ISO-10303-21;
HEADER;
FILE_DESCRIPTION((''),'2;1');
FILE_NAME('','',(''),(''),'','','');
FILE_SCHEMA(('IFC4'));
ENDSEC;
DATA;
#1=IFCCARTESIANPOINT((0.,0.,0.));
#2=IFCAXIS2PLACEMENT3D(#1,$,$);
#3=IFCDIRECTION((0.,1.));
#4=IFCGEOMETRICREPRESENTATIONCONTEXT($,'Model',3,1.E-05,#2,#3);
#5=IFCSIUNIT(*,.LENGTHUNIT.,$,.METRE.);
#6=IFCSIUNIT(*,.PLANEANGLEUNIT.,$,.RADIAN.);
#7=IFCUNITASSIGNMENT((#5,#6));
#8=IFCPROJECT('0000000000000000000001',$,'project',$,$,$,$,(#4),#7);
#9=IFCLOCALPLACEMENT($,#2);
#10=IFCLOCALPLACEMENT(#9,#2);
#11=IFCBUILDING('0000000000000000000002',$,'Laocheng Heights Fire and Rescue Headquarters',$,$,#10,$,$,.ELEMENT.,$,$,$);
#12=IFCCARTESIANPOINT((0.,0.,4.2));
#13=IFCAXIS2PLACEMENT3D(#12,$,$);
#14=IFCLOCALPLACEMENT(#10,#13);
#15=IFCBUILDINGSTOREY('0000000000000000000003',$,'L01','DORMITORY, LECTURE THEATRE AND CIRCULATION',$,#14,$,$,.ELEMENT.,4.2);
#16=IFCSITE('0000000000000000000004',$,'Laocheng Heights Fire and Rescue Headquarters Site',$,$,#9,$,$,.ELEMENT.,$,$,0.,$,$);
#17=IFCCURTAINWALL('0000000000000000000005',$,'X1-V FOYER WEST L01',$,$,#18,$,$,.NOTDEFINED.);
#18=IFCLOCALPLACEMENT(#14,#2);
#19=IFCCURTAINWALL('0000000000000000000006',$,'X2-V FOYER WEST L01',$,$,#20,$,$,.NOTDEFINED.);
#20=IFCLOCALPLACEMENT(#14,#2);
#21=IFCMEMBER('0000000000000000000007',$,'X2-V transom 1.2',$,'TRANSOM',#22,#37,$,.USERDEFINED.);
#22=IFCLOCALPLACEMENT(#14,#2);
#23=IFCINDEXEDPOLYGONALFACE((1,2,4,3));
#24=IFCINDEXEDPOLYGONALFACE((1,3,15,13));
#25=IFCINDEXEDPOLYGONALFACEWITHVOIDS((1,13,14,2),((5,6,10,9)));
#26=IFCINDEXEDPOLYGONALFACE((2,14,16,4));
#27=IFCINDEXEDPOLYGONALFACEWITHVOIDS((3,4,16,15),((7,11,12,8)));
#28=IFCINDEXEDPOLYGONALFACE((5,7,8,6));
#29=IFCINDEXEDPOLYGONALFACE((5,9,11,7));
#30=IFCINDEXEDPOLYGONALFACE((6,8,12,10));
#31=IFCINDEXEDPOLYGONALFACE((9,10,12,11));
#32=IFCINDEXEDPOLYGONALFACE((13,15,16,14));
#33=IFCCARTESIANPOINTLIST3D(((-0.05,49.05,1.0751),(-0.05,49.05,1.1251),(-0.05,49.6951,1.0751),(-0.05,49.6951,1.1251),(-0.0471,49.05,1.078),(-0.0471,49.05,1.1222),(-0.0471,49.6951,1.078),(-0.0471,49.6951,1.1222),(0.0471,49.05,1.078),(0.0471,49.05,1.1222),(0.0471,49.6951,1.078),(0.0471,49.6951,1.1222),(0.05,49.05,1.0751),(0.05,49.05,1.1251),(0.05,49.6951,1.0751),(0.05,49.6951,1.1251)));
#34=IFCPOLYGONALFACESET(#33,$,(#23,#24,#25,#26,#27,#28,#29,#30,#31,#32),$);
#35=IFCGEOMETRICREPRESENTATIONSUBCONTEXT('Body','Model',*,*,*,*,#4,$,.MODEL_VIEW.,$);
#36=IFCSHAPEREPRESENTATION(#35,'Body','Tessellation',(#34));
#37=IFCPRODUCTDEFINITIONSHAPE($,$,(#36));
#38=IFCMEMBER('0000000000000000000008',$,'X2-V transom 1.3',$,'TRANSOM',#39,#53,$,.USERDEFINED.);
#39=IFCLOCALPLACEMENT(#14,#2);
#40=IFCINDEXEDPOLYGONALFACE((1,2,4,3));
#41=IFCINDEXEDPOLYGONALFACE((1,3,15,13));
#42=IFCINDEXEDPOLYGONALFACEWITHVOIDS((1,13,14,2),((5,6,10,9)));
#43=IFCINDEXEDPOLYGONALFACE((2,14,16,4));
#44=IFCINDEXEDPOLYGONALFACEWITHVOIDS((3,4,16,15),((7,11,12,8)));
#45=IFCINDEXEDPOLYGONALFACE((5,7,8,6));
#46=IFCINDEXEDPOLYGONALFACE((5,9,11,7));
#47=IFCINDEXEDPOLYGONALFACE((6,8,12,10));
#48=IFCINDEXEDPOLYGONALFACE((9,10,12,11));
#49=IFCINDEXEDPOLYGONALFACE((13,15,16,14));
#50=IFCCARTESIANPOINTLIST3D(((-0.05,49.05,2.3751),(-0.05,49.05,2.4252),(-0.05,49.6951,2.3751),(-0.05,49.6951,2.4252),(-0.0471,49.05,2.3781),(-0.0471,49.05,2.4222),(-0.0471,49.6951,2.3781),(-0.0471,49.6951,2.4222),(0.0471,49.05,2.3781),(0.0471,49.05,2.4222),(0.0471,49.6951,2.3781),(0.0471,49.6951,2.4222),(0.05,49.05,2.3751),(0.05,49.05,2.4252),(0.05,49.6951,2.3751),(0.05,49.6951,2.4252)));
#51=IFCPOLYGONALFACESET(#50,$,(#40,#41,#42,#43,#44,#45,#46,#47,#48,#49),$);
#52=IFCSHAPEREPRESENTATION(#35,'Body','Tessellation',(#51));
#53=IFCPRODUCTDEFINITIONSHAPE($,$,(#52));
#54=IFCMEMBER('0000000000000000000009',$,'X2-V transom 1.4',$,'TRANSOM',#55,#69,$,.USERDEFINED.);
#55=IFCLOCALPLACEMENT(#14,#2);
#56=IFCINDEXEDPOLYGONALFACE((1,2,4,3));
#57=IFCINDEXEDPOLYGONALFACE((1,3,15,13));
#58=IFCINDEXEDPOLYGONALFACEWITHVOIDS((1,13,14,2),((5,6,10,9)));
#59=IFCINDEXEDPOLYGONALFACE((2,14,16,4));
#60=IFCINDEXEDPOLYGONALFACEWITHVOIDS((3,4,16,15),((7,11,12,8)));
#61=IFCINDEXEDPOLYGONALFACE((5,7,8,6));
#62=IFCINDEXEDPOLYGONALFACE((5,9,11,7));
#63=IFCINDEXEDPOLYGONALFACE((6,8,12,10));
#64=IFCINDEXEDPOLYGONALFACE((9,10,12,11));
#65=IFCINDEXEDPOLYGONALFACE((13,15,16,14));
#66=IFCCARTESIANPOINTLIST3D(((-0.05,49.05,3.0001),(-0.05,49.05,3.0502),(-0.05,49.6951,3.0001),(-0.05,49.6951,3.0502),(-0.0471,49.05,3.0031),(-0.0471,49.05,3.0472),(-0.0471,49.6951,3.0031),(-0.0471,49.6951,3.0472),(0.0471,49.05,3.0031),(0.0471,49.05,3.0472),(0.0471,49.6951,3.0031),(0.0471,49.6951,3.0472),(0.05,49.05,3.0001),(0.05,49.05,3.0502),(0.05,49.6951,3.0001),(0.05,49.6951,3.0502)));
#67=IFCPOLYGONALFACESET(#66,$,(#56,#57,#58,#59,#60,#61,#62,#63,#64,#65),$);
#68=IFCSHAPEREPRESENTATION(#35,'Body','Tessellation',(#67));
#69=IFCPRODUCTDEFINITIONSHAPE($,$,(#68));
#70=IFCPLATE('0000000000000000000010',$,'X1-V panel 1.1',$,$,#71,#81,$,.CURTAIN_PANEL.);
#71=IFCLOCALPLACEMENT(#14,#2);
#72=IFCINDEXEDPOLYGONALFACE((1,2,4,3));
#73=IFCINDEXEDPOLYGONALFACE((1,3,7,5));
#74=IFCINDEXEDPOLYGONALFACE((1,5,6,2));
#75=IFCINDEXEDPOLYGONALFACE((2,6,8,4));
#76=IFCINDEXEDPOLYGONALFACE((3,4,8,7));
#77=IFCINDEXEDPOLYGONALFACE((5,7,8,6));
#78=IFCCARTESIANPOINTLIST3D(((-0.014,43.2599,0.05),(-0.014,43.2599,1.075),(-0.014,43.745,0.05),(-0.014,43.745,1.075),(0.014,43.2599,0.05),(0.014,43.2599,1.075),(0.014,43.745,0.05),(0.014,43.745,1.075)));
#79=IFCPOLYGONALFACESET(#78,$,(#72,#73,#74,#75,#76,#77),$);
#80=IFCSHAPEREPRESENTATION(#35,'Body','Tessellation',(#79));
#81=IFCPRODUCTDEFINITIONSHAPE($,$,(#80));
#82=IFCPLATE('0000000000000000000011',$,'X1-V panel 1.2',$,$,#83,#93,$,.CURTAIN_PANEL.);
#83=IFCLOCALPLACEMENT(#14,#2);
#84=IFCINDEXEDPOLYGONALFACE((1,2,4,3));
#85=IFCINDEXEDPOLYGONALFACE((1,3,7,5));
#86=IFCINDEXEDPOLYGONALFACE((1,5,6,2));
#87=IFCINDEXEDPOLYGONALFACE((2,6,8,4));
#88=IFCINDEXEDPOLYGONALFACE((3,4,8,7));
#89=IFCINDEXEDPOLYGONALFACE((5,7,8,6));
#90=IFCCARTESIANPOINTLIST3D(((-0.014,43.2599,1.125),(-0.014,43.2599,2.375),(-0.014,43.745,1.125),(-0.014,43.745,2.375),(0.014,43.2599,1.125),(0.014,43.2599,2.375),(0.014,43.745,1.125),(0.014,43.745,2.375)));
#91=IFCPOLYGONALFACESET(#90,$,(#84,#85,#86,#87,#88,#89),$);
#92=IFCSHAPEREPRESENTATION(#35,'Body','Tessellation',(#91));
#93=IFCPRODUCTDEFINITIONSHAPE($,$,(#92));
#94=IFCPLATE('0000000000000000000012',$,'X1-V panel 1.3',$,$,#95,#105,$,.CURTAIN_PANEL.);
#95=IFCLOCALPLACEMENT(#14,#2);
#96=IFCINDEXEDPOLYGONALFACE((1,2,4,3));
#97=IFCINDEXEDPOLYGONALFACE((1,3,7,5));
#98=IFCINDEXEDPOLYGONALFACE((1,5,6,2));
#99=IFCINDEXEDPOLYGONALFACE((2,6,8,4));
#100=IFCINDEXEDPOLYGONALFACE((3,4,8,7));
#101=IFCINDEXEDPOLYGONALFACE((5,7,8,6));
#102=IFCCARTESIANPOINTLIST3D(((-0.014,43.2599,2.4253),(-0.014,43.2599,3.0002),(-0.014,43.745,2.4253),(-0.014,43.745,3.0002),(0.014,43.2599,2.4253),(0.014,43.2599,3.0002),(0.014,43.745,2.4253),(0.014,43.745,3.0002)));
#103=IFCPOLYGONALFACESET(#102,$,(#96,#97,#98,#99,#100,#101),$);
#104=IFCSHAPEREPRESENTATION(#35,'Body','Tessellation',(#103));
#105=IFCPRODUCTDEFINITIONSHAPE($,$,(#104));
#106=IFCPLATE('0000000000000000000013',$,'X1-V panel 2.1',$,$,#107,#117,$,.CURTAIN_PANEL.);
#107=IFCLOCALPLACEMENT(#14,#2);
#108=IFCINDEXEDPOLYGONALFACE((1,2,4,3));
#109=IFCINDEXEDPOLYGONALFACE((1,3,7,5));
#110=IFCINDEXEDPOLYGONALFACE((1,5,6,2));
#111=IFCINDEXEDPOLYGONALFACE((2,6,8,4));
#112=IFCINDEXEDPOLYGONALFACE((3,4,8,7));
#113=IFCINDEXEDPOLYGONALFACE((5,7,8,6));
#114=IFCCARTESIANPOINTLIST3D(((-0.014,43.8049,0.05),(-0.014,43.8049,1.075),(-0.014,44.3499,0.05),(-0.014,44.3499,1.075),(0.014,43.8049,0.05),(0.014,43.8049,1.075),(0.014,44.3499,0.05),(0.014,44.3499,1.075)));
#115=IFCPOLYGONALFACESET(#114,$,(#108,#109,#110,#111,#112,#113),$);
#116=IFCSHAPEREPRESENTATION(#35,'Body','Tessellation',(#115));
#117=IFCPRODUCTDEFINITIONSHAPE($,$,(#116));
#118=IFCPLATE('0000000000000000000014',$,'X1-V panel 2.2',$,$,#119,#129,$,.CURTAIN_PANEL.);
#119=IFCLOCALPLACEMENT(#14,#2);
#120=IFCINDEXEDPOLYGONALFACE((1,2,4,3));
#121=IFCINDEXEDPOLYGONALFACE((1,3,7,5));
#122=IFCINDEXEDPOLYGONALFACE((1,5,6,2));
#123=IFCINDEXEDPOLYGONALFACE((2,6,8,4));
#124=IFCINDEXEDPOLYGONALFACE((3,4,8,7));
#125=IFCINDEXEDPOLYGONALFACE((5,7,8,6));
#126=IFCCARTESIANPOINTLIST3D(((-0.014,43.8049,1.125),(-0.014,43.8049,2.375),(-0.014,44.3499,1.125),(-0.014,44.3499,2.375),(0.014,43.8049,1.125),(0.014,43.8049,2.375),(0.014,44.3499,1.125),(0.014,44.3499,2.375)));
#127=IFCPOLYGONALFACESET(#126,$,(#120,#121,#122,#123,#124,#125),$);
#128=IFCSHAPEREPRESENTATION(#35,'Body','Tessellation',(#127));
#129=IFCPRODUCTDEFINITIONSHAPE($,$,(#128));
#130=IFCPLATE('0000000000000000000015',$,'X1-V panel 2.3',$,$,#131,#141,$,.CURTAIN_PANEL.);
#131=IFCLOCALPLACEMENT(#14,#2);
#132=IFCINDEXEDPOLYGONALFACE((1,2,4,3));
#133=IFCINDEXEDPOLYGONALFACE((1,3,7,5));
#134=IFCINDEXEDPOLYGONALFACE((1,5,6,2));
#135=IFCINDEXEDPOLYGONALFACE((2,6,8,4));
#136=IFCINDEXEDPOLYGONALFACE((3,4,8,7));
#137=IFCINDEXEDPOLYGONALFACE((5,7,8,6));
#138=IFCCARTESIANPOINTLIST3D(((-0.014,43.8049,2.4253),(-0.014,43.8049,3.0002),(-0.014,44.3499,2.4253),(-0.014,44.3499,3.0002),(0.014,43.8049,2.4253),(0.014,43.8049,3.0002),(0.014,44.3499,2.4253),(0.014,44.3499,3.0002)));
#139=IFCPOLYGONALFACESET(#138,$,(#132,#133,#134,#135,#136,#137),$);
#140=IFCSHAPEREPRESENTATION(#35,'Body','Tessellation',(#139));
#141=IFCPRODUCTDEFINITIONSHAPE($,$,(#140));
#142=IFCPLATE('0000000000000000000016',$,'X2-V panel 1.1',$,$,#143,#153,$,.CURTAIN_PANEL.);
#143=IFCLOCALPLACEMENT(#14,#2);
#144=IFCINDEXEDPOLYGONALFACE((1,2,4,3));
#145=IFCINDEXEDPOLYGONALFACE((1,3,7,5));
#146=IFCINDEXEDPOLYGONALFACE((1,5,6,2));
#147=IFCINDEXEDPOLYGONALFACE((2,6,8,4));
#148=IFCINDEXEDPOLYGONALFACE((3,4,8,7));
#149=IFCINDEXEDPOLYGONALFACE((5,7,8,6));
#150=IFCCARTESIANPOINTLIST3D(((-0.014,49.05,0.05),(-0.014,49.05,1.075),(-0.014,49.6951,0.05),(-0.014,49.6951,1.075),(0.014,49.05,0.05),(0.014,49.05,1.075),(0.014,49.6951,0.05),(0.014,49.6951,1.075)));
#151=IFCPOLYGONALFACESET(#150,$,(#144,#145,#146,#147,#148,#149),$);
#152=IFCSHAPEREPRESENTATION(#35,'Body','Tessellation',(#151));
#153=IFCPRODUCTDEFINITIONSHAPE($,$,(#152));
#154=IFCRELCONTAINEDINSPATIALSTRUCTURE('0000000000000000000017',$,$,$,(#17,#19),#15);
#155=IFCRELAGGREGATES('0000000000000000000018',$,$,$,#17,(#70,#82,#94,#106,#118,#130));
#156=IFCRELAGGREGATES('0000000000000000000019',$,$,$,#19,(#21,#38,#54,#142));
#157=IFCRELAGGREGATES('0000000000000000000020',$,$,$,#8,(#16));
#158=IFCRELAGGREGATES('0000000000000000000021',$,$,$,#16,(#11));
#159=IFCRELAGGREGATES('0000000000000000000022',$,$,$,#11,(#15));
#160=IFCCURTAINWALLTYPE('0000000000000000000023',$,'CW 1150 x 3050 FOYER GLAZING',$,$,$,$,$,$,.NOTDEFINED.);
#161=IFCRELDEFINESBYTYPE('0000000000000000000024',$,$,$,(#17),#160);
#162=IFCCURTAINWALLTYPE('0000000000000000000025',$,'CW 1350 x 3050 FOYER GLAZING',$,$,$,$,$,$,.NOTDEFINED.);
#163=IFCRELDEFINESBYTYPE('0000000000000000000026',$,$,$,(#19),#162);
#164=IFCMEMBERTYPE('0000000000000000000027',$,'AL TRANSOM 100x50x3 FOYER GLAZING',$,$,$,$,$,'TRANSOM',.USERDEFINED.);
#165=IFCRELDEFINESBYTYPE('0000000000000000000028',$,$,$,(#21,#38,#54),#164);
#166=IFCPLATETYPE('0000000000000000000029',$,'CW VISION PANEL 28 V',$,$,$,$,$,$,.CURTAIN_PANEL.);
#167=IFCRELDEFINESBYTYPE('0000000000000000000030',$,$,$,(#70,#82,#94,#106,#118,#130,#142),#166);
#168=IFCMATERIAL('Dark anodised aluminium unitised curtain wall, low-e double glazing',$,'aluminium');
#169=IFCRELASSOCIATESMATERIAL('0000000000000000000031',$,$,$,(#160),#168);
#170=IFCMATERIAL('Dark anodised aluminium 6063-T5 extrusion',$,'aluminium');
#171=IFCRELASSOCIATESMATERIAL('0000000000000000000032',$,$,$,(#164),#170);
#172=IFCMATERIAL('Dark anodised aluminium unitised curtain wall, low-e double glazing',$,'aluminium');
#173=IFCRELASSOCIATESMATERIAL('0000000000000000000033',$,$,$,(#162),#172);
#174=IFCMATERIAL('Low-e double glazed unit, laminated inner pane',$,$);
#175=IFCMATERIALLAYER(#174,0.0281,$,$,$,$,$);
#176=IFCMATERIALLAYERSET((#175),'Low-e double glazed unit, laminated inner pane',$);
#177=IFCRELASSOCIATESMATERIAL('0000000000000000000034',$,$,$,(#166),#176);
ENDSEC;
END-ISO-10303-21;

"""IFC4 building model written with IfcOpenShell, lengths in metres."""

from ifc_helpers import new_model, si_unit, direction, frame, origin, origin_2d, place, context, subcontext, project, spatial, rectangle, hollow_rectangle, extrude, material, layer, layer_set, material_profile, profile_set, type_object, element, aggregate, save


model = new_model("IFC4")

# Units and contexts
model_context = context("Model", 3, precision=1e-05, world=origin(), true_north=direction((0.0, 1.0)))
body_context = subcontext(model_context, "Body", "Model", "MODEL_VIEW")
ifc_project = project(units=[si_unit("LENGTHUNIT", "METRE"), si_unit("PLANEANGLEUNIT", "RADIAN")], contexts=[model_context])

# Site, building, storey
site_placement = place(None, origin())
site = spatial("IfcSite", under=ifc_project, at=site_placement, Name="Laocheng Heights Fire and Rescue Headquarters Site", CompositionType="ELEMENT", RefElevation=0.0)
building_placement = place(site_placement, origin())
building = spatial("IfcBuilding", under=site, at=building_placement, Name="Laocheng Heights Fire and Rescue Headquarters", CompositionType="ELEMENT")
storey_placement = place(building_placement, frame((0.0, 0.0, 4.2)))
storey = spatial("IfcBuildingStorey", under=building, at=storey_placement, Name="L01", Description="DORMITORY, LECTURE THEATRE AND CIRCULATION", CompositionType="ELEMENT", Elevation=4.2)

# Curtain walls, members
ifc_material_1 = material(Name="Dark anodised aluminium unitised curtain wall, low-e double glazing", Category="aluminium")
curtain_wall_type_1 = type_object("IfcCurtainWallType", Name="CW 1150 x 3050 FOYER GLAZING", PredefinedType="NOTDEFINED", material=ifc_material_1)
curtain_wall_1_placement = place(storey_placement, origin())
curtain_wall_1 = element("IfcCurtainWall", 1, at=curtain_wall_1_placement, inside=storey, type_object=curtain_wall_type_1, Name="X1-V FOYER WEST L01", PredefinedType="NOTDEFINED")
ifc_material_2 = material(Name="Dark anodised aluminium 6063-T5 extrusion", Category="aluminium")
ifc_material_profile_1 = material_profile(ifc_material_2, hollow_rectangle(XDim=0.1001, YDim=0.05, WallThickness=0.0029, at=origin_2d()), Name="AL TRANSOM 100x50x3 FOYER GLAZING")
ifc_profile_set_1 = profile_set([ifc_material_profile_1], Name="Dark anodised aluminium 6063-T5 extrusion")
member_type_1 = type_object("IfcMemberType", Name="AL TRANSOM 100x50x3 FOYER GLAZING", ElementType="TRANSOM", PredefinedType="USERDEFINED", material=ifc_profile_set_1)
ifc_material_3 = material(Name="Dark anodised aluminium unitised curtain wall, low-e double glazing", Category="aluminium")
curtain_wall_type_2 = type_object("IfcCurtainWallType", Name="CW 1350 x 3050 FOYER GLAZING", PredefinedType="NOTDEFINED", material=ifc_material_3)
curtain_wall_2_placement = place(storey_placement, origin())
curtain_wall_2 = element("IfcCurtainWall", 2, at=curtain_wall_2_placement, inside=storey, type_object=curtain_wall_type_2, Name="X2-V FOYER WEST L01", PredefinedType="NOTDEFINED")
member_1_placement = place(storey_placement, frame((0.0, 49.05, 1.1001), z_axis=(0.0, 1.0, 0.0), x_axis=(-1.0, 0.0, 0.0)))
member_1 = element("IfcMember", 3, at=member_1_placement, type_object=member_type_1, Name="X2-V transom 1.2", ObjectType="TRANSOM", PredefinedType="USERDEFINED", context=body_context, shape_type="SweptSolid", body=[
    extrude(hollow_rectangle(XDim=0.1001, YDim=0.05, WallThickness=0.0029, at=origin_2d()), origin(), (0.0, 0.0, 1.0), 0.645),
])
member_2_placement = place(storey_placement, frame((0.0, 49.05, 2.4001), z_axis=(0.0, 1.0, 0.0), x_axis=(-1.0, 0.0, 0.0)))
member_2 = element("IfcMember", 4, at=member_2_placement, type_object=member_type_1, Name="X2-V transom 1.3", ObjectType="TRANSOM", PredefinedType="USERDEFINED", context=body_context, shape_type="SweptSolid", body=[
    extrude(hollow_rectangle(XDim=0.1001, YDim=0.05, WallThickness=0.0029, at=origin_2d()), origin(), (0.0, 0.0, 1.0), 0.645),
])
member_3_placement = place(storey_placement, frame((0.0, 49.05, 3.0251), z_axis=(0.0, 1.0, 0.0), x_axis=(-1.0, 0.0, 0.0)))
member_3 = element("IfcMember", 5, at=member_3_placement, type_object=member_type_1, Name="X2-V transom 1.4", ObjectType="TRANSOM", PredefinedType="USERDEFINED", context=body_context, shape_type="SweptSolid", body=[
    extrude(hollow_rectangle(XDim=0.1001, YDim=0.05, WallThickness=0.0029, at=origin_2d()), origin(), (0.0, 0.0, 1.0), 0.645),
])

# Plates
ifc_material_4 = material(Name="Low-e double glazed unit, laminated inner pane")
ifc_layer_1 = layer(ifc_material_4, 0.0281)
ifc_layer_set_1 = layer_set([ifc_layer_1], Name="Low-e double glazed unit, laminated inner pane")
plate_type = type_object("IfcPlateType", Name="CW VISION PANEL 28 V", PredefinedType="CURTAIN_PANEL", material=ifc_layer_set_1)
plate_1_placement = place(storey_placement, frame((0.0, 43.5024, 0.05), z_axis=(0.0, 0.0, 1.0), x_axis=(0.0, 1.0, 0.0)))
plate_1 = element("IfcPlate", 6, at=plate_1_placement, type_object=plate_type, Name="X1-V panel 1.1", PredefinedType="CURTAIN_PANEL", context=body_context, shape_type="SweptSolid", body=[
    extrude(rectangle(XDim=0.4851, YDim=0.0281, at=origin_2d()), origin(), (0.0, 0.0, 1.0), 1.0249),
])
plate_2_placement = place(storey_placement, frame((0.0, 43.5024, 1.125), z_axis=(0.0, 0.0, 1.0), x_axis=(0.0, 1.0, 0.0)))
plate_2 = element("IfcPlate", 7, at=plate_2_placement, type_object=plate_type, Name="X1-V panel 1.2", PredefinedType="CURTAIN_PANEL", context=body_context, shape_type="SweptSolid", body=[
    extrude(rectangle(XDim=0.4851, YDim=0.0281, at=origin_2d()), origin(), (0.0, 0.0, 1.0), 1.25),
])
plate_3_placement = place(storey_placement, frame((0.0, 43.5024, 2.4253), z_axis=(0.0, 0.0, 1.0), x_axis=(0.0, 1.0, 0.0)))
plate_3 = element("IfcPlate", 8, at=plate_3_placement, type_object=plate_type, Name="X1-V panel 1.3", PredefinedType="CURTAIN_PANEL", context=body_context, shape_type="SweptSolid", body=[
    extrude(rectangle(XDim=0.4851, YDim=0.0281, at=origin_2d()), origin(), (0.0, 0.0, 1.0), 0.575),
])
plate_4_placement = place(storey_placement, frame((0.0, 44.0774, 0.05), z_axis=(0.0, 0.0, 1.0), x_axis=(0.0, 1.0, 0.0)))
plate_4 = element("IfcPlate", 9, at=plate_4_placement, type_object=plate_type, Name="X1-V panel 2.1", PredefinedType="CURTAIN_PANEL", context=body_context, shape_type="SweptSolid", body=[
    extrude(rectangle(XDim=0.5449, YDim=0.0281, at=origin_2d()), origin(), (0.0, 0.0, 1.0), 1.0249),
])
plate_5_placement = place(storey_placement, frame((0.0, 44.0774, 1.125), z_axis=(0.0, 0.0, 1.0), x_axis=(0.0, 1.0, 0.0)))
plate_5 = element("IfcPlate", 10, at=plate_5_placement, type_object=plate_type, Name="X1-V panel 2.2", PredefinedType="CURTAIN_PANEL", context=body_context, shape_type="SweptSolid", body=[
    extrude(rectangle(XDim=0.5449, YDim=0.0281, at=origin_2d()), origin(), (0.0, 0.0, 1.0), 1.25),
])
plate_6_placement = place(storey_placement, frame((0.0, 44.0774, 2.4253), z_axis=(0.0, 0.0, 1.0), x_axis=(0.0, 1.0, 0.0)))
plate_6 = element("IfcPlate", 11, at=plate_6_placement, type_object=plate_type, Name="X1-V panel 2.3", PredefinedType="CURTAIN_PANEL", context=body_context, shape_type="SweptSolid", body=[
    extrude(rectangle(XDim=0.5449, YDim=0.0281, at=origin_2d()), origin(), (0.0, 0.0, 1.0), 0.575),
])
aggregate(curtain_wall_1, [plate_1, plate_2, plate_3, plate_4, plate_5, plate_6])
plate_7_placement = place(storey_placement, frame((0.0, 49.3726, 0.05), z_axis=(0.0, 0.0, 1.0), x_axis=(0.0, 1.0, 0.0)))
plate_7 = element("IfcPlate", 12, at=plate_7_placement, type_object=plate_type, Name="X2-V panel 1.1", PredefinedType="CURTAIN_PANEL", context=body_context, shape_type="SweptSolid", body=[
    extrude(rectangle(XDim=0.645, YDim=0.0281, at=origin_2d()), origin(), (0.0, 0.0, 1.0), 1.0249),
])
aggregate(curtain_wall_2, [member_1, member_2, member_3, plate_7])

save(model, "model.ifc")
